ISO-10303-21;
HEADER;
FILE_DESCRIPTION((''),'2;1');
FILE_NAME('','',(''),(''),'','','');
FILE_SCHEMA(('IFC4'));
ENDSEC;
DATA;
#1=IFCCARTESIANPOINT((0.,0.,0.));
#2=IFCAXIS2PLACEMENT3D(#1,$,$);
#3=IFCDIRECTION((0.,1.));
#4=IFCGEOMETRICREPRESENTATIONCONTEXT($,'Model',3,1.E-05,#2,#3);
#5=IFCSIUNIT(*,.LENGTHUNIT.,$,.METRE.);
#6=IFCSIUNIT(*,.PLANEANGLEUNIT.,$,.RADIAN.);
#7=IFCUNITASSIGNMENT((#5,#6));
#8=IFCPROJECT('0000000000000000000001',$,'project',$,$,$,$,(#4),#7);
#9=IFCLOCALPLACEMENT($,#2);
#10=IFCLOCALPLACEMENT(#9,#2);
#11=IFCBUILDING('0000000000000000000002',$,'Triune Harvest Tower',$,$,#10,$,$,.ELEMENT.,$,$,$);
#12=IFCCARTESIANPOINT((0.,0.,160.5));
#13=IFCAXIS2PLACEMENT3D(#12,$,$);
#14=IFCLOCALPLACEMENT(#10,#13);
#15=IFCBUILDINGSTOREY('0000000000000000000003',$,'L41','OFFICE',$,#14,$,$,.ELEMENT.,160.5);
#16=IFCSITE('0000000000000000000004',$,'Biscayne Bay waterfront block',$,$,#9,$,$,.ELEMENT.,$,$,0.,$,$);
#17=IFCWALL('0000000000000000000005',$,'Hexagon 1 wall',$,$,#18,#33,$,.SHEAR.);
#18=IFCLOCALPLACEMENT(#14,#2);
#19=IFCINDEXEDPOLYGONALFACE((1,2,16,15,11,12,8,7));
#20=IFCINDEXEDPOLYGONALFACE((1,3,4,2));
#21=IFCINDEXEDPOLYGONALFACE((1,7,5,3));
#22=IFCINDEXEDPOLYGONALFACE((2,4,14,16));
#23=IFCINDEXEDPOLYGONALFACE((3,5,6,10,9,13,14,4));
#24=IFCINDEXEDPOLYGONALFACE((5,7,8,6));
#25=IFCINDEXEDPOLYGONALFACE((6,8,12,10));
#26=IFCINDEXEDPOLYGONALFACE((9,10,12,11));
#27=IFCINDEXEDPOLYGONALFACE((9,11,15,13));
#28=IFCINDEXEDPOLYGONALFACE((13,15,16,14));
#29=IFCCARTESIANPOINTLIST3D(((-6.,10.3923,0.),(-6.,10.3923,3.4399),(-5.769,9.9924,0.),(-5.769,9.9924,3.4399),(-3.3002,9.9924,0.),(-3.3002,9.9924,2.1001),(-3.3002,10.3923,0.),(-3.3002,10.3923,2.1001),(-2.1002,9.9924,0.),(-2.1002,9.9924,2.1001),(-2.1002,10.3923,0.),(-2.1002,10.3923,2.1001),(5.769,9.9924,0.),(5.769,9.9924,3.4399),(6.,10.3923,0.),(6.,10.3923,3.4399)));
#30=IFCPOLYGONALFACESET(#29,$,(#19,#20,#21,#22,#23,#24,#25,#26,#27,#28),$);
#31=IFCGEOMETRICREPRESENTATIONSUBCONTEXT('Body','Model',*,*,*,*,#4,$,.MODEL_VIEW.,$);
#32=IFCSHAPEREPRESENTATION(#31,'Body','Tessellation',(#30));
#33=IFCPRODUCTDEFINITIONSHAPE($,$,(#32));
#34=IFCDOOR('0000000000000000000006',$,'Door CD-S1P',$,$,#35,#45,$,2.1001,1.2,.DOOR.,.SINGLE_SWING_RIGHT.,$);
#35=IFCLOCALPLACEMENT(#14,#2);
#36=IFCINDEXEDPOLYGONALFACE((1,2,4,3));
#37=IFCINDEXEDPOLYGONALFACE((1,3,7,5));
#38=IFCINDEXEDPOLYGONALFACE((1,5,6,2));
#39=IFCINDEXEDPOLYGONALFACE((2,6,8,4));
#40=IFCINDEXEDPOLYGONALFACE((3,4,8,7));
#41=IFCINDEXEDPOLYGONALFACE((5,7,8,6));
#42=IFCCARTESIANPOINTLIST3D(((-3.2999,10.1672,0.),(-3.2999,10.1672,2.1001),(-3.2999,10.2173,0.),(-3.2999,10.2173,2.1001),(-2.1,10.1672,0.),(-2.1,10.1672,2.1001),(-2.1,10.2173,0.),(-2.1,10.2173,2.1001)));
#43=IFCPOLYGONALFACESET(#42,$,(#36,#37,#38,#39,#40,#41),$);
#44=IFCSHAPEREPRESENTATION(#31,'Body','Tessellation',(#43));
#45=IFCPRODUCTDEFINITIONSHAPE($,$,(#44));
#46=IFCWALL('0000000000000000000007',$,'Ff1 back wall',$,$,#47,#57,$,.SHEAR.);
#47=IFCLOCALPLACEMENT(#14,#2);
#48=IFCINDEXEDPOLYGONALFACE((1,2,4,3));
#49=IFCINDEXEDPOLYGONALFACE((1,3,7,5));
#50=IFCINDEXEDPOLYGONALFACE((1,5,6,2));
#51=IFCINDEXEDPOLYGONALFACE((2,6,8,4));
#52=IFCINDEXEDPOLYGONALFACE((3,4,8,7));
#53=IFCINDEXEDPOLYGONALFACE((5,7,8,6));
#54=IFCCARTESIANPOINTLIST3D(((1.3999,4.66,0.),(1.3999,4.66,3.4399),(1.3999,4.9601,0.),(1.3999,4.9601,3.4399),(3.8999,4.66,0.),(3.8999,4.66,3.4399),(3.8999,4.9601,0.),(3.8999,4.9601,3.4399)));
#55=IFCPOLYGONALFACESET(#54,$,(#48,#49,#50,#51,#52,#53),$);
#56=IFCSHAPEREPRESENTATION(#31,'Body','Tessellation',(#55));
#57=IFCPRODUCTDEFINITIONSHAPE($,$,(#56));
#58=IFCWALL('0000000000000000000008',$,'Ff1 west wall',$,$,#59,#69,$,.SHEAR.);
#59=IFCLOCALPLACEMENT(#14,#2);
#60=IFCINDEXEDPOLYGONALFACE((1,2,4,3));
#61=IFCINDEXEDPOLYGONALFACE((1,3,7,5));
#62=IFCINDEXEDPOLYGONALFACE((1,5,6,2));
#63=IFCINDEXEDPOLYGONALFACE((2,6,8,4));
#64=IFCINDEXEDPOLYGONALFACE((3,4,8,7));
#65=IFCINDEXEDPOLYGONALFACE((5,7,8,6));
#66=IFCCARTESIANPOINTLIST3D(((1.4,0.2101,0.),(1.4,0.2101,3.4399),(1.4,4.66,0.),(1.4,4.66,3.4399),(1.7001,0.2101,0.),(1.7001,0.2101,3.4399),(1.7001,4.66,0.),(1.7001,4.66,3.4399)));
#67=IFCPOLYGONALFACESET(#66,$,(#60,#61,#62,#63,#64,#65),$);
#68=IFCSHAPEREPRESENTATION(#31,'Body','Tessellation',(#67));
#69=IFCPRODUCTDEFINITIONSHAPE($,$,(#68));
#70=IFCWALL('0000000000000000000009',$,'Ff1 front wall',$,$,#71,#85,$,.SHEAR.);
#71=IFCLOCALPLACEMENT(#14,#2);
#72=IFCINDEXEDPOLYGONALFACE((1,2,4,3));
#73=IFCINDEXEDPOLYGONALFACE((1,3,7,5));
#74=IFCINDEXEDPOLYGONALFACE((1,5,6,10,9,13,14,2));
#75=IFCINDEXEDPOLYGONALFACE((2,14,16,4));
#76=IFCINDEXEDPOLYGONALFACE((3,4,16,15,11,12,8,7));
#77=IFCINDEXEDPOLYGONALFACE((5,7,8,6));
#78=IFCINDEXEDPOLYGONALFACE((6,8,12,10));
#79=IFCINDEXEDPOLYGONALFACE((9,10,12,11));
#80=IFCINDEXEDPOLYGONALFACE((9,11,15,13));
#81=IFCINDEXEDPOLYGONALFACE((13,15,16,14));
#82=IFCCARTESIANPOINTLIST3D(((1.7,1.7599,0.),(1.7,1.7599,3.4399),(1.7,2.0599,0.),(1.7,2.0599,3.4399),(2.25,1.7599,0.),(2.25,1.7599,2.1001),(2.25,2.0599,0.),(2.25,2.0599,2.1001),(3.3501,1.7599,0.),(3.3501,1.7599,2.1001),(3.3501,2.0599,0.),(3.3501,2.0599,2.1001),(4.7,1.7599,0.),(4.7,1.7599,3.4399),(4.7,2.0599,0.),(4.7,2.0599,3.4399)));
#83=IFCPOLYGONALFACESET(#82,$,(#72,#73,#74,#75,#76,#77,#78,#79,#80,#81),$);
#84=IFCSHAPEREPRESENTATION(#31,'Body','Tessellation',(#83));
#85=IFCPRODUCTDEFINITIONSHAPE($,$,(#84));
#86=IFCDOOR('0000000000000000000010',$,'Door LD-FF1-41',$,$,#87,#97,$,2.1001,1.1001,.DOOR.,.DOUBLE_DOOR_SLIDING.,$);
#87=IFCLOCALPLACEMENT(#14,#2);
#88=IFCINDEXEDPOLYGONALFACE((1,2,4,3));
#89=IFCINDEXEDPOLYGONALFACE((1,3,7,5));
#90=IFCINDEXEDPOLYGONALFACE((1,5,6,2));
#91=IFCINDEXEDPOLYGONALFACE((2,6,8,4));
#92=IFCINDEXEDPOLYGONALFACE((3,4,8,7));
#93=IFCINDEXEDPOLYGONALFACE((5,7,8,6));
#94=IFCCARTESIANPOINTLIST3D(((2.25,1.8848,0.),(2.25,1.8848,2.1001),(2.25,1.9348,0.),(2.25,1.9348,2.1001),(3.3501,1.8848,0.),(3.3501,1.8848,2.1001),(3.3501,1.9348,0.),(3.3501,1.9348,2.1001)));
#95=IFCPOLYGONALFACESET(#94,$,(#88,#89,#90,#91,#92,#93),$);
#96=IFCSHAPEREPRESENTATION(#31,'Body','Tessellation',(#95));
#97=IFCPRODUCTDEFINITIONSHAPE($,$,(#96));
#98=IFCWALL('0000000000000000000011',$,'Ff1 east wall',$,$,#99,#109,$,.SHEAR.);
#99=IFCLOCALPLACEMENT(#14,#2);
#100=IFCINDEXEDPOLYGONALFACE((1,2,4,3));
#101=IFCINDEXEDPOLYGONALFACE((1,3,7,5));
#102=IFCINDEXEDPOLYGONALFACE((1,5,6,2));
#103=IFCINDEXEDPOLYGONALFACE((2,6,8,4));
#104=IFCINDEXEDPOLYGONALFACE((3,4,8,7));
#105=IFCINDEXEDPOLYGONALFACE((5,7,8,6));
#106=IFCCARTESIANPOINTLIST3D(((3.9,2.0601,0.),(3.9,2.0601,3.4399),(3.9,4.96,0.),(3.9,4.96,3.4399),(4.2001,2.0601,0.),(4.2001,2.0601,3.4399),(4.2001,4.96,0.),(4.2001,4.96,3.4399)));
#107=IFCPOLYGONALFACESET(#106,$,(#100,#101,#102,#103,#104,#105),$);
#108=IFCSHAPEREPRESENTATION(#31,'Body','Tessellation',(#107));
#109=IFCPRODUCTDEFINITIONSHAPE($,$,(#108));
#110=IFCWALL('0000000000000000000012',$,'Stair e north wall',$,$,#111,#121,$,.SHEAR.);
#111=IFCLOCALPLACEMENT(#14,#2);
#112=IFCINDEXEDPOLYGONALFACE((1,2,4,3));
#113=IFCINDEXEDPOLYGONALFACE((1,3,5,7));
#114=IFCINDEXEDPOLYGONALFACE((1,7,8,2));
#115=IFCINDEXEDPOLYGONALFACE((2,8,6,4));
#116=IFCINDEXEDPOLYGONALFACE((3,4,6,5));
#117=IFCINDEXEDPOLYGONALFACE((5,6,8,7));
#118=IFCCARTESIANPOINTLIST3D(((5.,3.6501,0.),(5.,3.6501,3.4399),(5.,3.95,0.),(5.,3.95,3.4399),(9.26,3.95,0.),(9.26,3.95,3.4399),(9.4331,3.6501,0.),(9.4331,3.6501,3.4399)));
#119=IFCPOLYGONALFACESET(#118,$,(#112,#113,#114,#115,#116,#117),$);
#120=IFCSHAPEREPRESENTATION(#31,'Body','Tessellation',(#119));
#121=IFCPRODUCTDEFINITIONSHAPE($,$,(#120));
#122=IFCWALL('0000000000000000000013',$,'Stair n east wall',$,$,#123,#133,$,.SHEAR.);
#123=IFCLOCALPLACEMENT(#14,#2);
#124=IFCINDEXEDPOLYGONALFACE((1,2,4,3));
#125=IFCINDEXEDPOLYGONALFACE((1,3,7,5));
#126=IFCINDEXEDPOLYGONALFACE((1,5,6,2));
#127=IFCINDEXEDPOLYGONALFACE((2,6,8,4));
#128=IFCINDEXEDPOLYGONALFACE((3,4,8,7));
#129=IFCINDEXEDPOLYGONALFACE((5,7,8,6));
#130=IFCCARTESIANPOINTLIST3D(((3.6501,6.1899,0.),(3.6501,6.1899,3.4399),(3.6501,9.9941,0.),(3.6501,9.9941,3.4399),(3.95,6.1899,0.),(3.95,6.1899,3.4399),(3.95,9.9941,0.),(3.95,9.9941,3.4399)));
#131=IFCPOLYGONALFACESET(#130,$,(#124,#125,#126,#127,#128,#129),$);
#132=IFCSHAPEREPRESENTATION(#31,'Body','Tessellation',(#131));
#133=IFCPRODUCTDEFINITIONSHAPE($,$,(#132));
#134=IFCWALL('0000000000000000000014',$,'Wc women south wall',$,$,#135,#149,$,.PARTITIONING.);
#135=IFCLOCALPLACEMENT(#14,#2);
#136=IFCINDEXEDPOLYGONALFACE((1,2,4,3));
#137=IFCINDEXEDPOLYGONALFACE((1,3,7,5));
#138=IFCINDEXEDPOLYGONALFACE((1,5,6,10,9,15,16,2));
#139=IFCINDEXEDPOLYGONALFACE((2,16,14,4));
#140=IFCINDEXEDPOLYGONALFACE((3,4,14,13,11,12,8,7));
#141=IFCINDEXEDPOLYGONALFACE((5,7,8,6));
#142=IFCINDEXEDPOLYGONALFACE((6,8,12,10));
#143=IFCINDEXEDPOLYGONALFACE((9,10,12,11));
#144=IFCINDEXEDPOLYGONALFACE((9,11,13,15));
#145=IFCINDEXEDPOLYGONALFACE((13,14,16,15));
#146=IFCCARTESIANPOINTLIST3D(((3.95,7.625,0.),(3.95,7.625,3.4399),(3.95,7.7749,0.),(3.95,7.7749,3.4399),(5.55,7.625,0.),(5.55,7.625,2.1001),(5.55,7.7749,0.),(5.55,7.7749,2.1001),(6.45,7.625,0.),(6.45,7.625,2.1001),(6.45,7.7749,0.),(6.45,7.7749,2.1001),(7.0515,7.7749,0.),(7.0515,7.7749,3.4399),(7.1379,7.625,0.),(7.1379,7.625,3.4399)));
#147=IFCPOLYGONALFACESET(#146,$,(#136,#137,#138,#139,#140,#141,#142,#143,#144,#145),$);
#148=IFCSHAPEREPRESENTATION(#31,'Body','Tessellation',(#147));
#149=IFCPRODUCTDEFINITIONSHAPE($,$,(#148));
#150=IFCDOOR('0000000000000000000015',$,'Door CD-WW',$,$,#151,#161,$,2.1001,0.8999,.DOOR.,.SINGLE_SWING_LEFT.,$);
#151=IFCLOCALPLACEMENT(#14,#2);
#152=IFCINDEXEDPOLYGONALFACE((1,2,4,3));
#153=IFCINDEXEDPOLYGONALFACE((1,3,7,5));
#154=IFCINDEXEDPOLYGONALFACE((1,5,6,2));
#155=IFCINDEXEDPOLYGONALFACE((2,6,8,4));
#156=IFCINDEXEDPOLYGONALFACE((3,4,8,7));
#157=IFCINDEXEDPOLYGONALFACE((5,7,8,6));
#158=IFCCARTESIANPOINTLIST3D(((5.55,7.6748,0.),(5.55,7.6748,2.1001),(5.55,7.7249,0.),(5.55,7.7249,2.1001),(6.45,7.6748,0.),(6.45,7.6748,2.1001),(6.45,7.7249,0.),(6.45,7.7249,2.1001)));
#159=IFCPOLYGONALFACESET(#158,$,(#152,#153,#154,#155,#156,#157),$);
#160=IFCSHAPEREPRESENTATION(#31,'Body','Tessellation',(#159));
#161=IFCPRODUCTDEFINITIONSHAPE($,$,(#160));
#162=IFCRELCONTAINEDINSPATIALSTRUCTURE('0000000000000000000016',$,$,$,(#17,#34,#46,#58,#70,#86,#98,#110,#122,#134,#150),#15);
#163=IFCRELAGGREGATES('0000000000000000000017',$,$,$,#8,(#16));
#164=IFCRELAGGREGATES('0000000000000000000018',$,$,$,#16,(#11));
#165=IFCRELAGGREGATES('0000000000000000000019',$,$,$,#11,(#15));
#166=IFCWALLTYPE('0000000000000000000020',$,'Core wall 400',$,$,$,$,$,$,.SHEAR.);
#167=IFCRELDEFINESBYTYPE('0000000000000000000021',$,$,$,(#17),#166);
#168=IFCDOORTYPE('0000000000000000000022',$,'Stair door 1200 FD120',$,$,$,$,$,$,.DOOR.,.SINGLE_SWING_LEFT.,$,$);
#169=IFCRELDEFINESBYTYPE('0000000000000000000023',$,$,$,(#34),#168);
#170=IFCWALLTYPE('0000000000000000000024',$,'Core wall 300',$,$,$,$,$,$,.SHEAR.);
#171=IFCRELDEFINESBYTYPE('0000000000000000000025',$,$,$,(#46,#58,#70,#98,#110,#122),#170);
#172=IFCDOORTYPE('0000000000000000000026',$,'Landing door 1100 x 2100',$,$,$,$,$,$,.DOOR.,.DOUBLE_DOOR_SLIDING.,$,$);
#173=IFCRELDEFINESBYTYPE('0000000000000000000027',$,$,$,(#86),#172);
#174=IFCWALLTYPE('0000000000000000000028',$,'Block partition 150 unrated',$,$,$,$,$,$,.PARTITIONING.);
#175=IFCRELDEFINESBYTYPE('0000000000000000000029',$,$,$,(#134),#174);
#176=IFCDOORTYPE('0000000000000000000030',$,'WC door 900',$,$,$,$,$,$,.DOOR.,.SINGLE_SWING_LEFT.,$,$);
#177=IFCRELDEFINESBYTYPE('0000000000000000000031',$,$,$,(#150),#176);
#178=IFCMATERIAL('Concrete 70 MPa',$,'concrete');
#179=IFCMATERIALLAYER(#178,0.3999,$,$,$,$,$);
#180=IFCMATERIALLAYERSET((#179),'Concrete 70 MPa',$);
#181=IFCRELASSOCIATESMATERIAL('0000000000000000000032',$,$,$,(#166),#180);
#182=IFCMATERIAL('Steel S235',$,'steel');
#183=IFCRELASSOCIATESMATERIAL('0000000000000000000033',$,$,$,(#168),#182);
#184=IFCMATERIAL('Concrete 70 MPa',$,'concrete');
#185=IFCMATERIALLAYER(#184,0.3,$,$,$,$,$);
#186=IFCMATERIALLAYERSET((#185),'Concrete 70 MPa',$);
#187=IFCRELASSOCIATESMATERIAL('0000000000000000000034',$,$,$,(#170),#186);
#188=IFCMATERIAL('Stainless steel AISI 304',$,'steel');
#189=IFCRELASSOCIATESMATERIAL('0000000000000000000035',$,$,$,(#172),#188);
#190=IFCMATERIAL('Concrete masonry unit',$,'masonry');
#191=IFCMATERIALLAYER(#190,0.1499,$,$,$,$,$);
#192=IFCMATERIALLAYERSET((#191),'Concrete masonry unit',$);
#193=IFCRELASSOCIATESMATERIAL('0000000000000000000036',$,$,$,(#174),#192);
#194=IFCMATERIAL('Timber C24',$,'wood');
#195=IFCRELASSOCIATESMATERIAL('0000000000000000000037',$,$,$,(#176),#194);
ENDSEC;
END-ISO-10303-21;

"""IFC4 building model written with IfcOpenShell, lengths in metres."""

from ifc_helpers import new_model, si_unit, direction, frame, frame_2d, origin, place, context, subcontext, project, spatial, polyline, rectangle, outline, extrude, source, transform, mapped, material, layer, layer_set, type_object, element, fill, save


model = new_model("IFC4")

# Units and contexts
model_context = context("Model", 3, precision=1e-05, world=origin(), true_north=direction((0.0, 1.0)))
body_context = subcontext(model_context, "Body", "Model", "MODEL_VIEW")
ifc_project = project(units=[si_unit("LENGTHUNIT", "METRE"), si_unit("PLANEANGLEUNIT", "RADIAN")], contexts=[model_context])

# Site, building, storey
site_placement = place(None, origin())
site = spatial("IfcSite", under=ifc_project, at=site_placement, Name="Biscayne Bay waterfront block", CompositionType="ELEMENT", RefElevation=0.0)
building_placement = place(site_placement, origin())
building = spatial("IfcBuilding", under=site, at=building_placement, Name="Triune Harvest Tower", CompositionType="ELEMENT")
storey_placement = place(building_placement, frame((0.0, 0.0, 160.5)))
storey = spatial("IfcBuildingStorey", under=building, at=storey_placement, Name="L41", Description="OFFICE", CompositionType="ELEMENT", Elevation=160.5)

# Wall, opening, door
ifc_material_1 = material(Name="Concrete 70 MPa", Category="concrete")
ifc_layer_1 = layer(ifc_material_1, 0.3999)
ifc_layer_set_1 = layer_set([ifc_layer_1], Name="Concrete 70 MPa")
wall_type_1 = type_object("IfcWallType", Name="Core wall 400", PredefinedType="SHEAR", material=ifc_layer_set_1)
shared_shape_1 = source(origin(), body_context, "Body", "SweptSolid", [
    extrude(outline(polyline([(-0.1155, -0.2), (11.8845, -0.2), (11.6536, 0.2), (0.1155, 0.2), (-0.1155, -0.2)])), origin(), (0.0, 0.0, 1.0), 3.4399),
])
wall_1_placement = place(storey_placement, frame((5.8845, 10.1924, 0.0), z_axis=(0.0, 0.0, 1.0), x_axis=(-1.0, 0.0, 0.0)))
wall_1 = element("IfcWall", 1, at=wall_1_placement, inside=storey, type_object=wall_type_1, Name="Hexagon 1 wall", PredefinedType="SHEAR", context=body_context, shape_type="MappedRepresentation", body=[
    mapped(shared_shape_1, transform((0.0, 0.0, 0.0), scale=1.0)),
])
opening_1_placement = place(wall_1_placement, frame((7.9846, 0.0, 0.0)))
opening_1 = element("IfcOpeningElement", 2, at=opening_1_placement, cuts=wall_1, PredefinedType="OPENING", context=body_context, shape_type="SweptSolid", body=[
    extrude(rectangle(XDim=1.2, YDim=2.1001, at=frame_2d((0.6001, 1.05))), frame((0.0, 0.21, 0.0), z_axis=(0.0, -1.0, 0.0), x_axis=(1.0, 0.0, 0.0)), (0.0, 0.0, 1.0), 0.4199),
])
ifc_material_2 = material(Name="Steel S235", Category="steel")
door_type_1 = type_object("IfcDoorType", Name="Stair door 1200 FD120", OperationType="SINGLE_SWING_LEFT", PredefinedType="DOOR", material=ifc_material_2)
door_1_placement = place(opening_1_placement, frame((1.2, 0.0, 0.0), z_axis=(0.0, 0.0, 1.0), x_axis=(-1.0, 0.0, 0.0)))
door_1 = element("IfcDoor", 3, at=door_1_placement, inside=storey, type_object=door_type_1, Name="Door CD-S1P", OperationType="SINGLE_SWING_RIGHT", OverallHeight=2.1001, OverallWidth=1.2, PredefinedType="DOOR", context=body_context, shape_type="SweptSolid", body=[
    extrude(rectangle(XDim=1.2, YDim=2.1001, at=frame_2d((0.6001, 1.05))), frame((0.0, 0.0249, 0.0), z_axis=(0.0, -1.0, 0.0), x_axis=(1.0, 0.0, 0.0)), (0.0, 0.0, 1.0), 0.05),
])
fill(opening_1, door_1)

# Walls
ifc_material_3 = material(Name="Concrete 70 MPa", Category="concrete")
ifc_layer_2 = layer(ifc_material_3, 0.3)
ifc_layer_set_2 = layer_set([ifc_layer_2], Name="Concrete 70 MPa")
wall_type_2 = type_object("IfcWallType", Name="Core wall 300", PredefinedType="SHEAR", material=ifc_layer_set_2)
shared_shape_2 = source(origin(), body_context, "Body", "SweptSolid", [
    extrude(rectangle(XDim=2.5, YDim=0.3, at=frame_2d((1.25, 0.0))), origin(), (0.0, 0.0, 1.0), 3.4399),
])
wall_2_placement = place(storey_placement, frame((1.3999, 4.8101, 0.0), z_axis=(0.0, 0.0, 1.0), x_axis=(1.0, 0.0, 0.0)))
element("IfcWall", 4, at=wall_2_placement, inside=storey, type_object=wall_type_2, Name="Ff1 back wall", PredefinedType="SHEAR", context=body_context, shape_type="MappedRepresentation", body=[
    mapped(shared_shape_2, transform((0.0, 0.0, 0.0), scale=1.0)),
])
shared_shape_3 = source(origin(), body_context, "Body", "SweptSolid", [
    extrude(rectangle(XDim=4.45, YDim=0.3, at=frame_2d((2.2251, 0.0))), origin(), (0.0, 0.0, 1.0), 3.4399),
])
wall_3_placement = place(storey_placement, frame((1.55, 0.21, 0.0), z_axis=(0.0, 0.0, 1.0), x_axis=(0.0, 1.0, 0.0)))
element("IfcWall", 5, at=wall_3_placement, inside=storey, type_object=wall_type_2, Name="Ff1 west wall", PredefinedType="SHEAR", context=body_context, shape_type="MappedRepresentation", body=[
    mapped(shared_shape_3, transform((0.0, 0.0, 0.0), scale=1.0)),
])

# Wall, opening, door
shared_shape_4 = source(origin(), body_context, "Body", "SweptSolid", [
    extrude(rectangle(XDim=3.0, YDim=0.3, at=frame_2d((1.5, 0.0))), origin(), (0.0, 0.0, 1.0), 3.4399),
])
wall_4_placement = place(storey_placement, frame((1.7, 1.9099, 0.0), z_axis=(0.0, 0.0, 1.0), x_axis=(1.0, 0.0, 0.0)))
wall_4 = element("IfcWall", 6, at=wall_4_placement, inside=storey, type_object=wall_type_2, Name="Ff1 front wall", PredefinedType="SHEAR", context=body_context, shape_type="MappedRepresentation", body=[
    mapped(shared_shape_4, transform((0.0, 0.0, 0.0), scale=1.0)),
])
opening_2_placement = place(wall_4_placement, frame((0.55, 0.0, 0.0)))
opening_2 = element("IfcOpeningElement", 7, at=opening_2_placement, cuts=wall_4, PredefinedType="OPENING", context=body_context, shape_type="SweptSolid", body=[
    extrude(rectangle(XDim=1.1001, YDim=2.1001, at=frame_2d((0.55, 1.05))), frame((0.0, 0.1602, 0.0), z_axis=(0.0, -1.0, 0.0), x_axis=(1.0, 0.0, 0.0)), (0.0, 0.0, 1.0), 0.3201),
])
ifc_material_4 = material(Name="Stainless steel AISI 304", Category="steel")
door_type_2 = type_object("IfcDoorType", Name="Landing door 1100 x 2100", OperationType="DOUBLE_DOOR_SLIDING", PredefinedType="DOOR", material=ifc_material_4)
door_2_placement = place(opening_2_placement, origin())
door_2 = element("IfcDoor", 8, at=door_2_placement, inside=storey, type_object=door_type_2, Name="Door LD-FF1-41", OperationType="DOUBLE_DOOR_SLIDING", OverallHeight=2.1001, OverallWidth=1.1001, PredefinedType="DOOR", context=body_context, shape_type="SweptSolid", body=[
    extrude(rectangle(XDim=1.1001, YDim=2.1001, at=frame_2d((0.55, 1.05))), frame((0.0, 0.0249, 0.0), z_axis=(0.0, -1.0, 0.0), x_axis=(1.0, 0.0, 0.0)), (0.0, 0.0, 1.0), 0.05),
])
fill(opening_2, door_2)

# Walls
shared_shape_5 = source(origin(), body_context, "Body", "SweptSolid", [
    extrude(rectangle(XDim=2.8999, YDim=0.3, at=frame_2d((1.45, 0.0))), origin(), (0.0, 0.0, 1.0), 3.4399),
])
wall_5_placement = place(storey_placement, frame((4.05, 2.0601, 0.0), z_axis=(0.0, 0.0, 1.0), x_axis=(0.0, 1.0, 0.0)))
element("IfcWall", 9, at=wall_5_placement, inside=storey, type_object=wall_type_2, Name="Ff1 east wall", PredefinedType="SHEAR", context=body_context, shape_type="MappedRepresentation", body=[
    mapped(shared_shape_5, transform((0.0, 0.0, 0.0), scale=1.0)),
])
shared_shape_6 = source(origin(), body_context, "Body", "SweptSolid", [
    extrude(outline(polyline([(0.0, -0.1499), (0.0, 0.1499), (4.26, 0.1499), (4.4331, -0.1499), (0.0, -0.1499)])), origin(), (0.0, 0.0, 1.0), 3.4399),
])
wall_6_placement = place(storey_placement, frame((5.0, 3.8, 0.0), z_axis=(0.0, 0.0, 1.0), x_axis=(1.0, 0.0, 0.0)))
element("IfcWall", 10, at=wall_6_placement, inside=storey, type_object=wall_type_2, Name="Stair e north wall", PredefinedType="SHEAR", context=body_context, shape_type="MappedRepresentation", body=[
    mapped(shared_shape_6, transform((0.0, 0.0, 0.0), scale=1.0)),
])
shared_shape_7 = source(origin(), body_context, "Body", "SweptSolid", [
    extrude(outline(polyline([(0.0, -0.1499), (0.0, 0.1499), (3.8042, 0.1499), (3.8042, -0.1499), (0.0, -0.1499)])), origin(), (0.0, 0.0, 1.0), 3.4399),
])
wall_7_placement = place(storey_placement, frame((3.8, 6.1899, 0.0), z_axis=(0.0, 0.0, 1.0), x_axis=(0.0, 1.0, 0.0)))
element("IfcWall", 11, at=wall_7_placement, inside=storey, type_object=wall_type_2, Name="Stair n east wall", PredefinedType="SHEAR", context=body_context, shape_type="MappedRepresentation", body=[
    mapped(shared_shape_7, transform((0.0, 0.0, 0.0), scale=1.0)),
])

# Wall, opening, door
ifc_material_5 = material(Name="Concrete masonry unit", Category="masonry")
ifc_layer_3 = layer(ifc_material_5, 0.1499)
ifc_layer_set_3 = layer_set([ifc_layer_3], Name="Concrete masonry unit")
wall_type_3 = type_object("IfcWallType", Name="Block partition 150 unrated", PredefinedType="PARTITIONING", material=ifc_layer_set_3)
shared_shape_8 = source(origin(), body_context, "Body", "SweptSolid", [
    extrude(outline(polyline([(0.0, -0.075), (0.0, 0.075), (3.1016, 0.075), (3.188, -0.075), (0.0, -0.075)])), origin(), (0.0, 0.0, 1.0), 3.4399),
])
wall_8_placement = place(storey_placement, frame((3.95, 7.7, 0.0), z_axis=(0.0, 0.0, 1.0), x_axis=(1.0, 0.0, 0.0)))
wall_8 = element("IfcWall", 12, at=wall_8_placement, inside=storey, type_object=wall_type_3, Name="Wc women south wall", PredefinedType="PARTITIONING", context=body_context, shape_type="MappedRepresentation", body=[
    mapped(shared_shape_8, transform((0.0, 0.0, 0.0), scale=1.0)),
])
opening_3_placement = place(wall_8_placement, frame((1.6001, 0.0, 0.0)))
opening_3 = element("IfcOpeningElement", 13, at=opening_3_placement, cuts=wall_8, PredefinedType="OPENING", context=body_context, shape_type="SweptSolid", body=[
    extrude(rectangle(XDim=0.8999, YDim=2.1001, at=frame_2d((0.45, 1.05))), frame((0.0, 0.085, 0.0), z_axis=(0.0, -1.0, 0.0), x_axis=(1.0, 0.0, 0.0)), (0.0, 0.0, 1.0), 0.1699),
])
ifc_material_6 = material(Name="Timber C24", Category="wood")
door_type_3 = type_object("IfcDoorType", Name="WC door 900", OperationType="SINGLE_SWING_LEFT", PredefinedType="DOOR", material=ifc_material_6)
door_3_placement = place(opening_3_placement, origin())
door_3 = element("IfcDoor", 14, at=door_3_placement, inside=storey, type_object=door_type_3, Name="Door CD-WW", OperationType="SINGLE_SWING_LEFT", OverallHeight=2.1001, OverallWidth=0.8999, PredefinedType="DOOR", context=body_context, shape_type="SweptSolid", body=[
    extrude(rectangle(XDim=0.8999, YDim=2.1001, at=frame_2d((0.45, 1.05))), frame((0.0, 0.0249, 0.0), z_axis=(0.0, -1.0, 0.0), x_axis=(1.0, 0.0, 0.0)), (0.0, 0.0, 1.0), 0.05),
])
fill(opening_3, door_3)

save(model, "model.ifc")
